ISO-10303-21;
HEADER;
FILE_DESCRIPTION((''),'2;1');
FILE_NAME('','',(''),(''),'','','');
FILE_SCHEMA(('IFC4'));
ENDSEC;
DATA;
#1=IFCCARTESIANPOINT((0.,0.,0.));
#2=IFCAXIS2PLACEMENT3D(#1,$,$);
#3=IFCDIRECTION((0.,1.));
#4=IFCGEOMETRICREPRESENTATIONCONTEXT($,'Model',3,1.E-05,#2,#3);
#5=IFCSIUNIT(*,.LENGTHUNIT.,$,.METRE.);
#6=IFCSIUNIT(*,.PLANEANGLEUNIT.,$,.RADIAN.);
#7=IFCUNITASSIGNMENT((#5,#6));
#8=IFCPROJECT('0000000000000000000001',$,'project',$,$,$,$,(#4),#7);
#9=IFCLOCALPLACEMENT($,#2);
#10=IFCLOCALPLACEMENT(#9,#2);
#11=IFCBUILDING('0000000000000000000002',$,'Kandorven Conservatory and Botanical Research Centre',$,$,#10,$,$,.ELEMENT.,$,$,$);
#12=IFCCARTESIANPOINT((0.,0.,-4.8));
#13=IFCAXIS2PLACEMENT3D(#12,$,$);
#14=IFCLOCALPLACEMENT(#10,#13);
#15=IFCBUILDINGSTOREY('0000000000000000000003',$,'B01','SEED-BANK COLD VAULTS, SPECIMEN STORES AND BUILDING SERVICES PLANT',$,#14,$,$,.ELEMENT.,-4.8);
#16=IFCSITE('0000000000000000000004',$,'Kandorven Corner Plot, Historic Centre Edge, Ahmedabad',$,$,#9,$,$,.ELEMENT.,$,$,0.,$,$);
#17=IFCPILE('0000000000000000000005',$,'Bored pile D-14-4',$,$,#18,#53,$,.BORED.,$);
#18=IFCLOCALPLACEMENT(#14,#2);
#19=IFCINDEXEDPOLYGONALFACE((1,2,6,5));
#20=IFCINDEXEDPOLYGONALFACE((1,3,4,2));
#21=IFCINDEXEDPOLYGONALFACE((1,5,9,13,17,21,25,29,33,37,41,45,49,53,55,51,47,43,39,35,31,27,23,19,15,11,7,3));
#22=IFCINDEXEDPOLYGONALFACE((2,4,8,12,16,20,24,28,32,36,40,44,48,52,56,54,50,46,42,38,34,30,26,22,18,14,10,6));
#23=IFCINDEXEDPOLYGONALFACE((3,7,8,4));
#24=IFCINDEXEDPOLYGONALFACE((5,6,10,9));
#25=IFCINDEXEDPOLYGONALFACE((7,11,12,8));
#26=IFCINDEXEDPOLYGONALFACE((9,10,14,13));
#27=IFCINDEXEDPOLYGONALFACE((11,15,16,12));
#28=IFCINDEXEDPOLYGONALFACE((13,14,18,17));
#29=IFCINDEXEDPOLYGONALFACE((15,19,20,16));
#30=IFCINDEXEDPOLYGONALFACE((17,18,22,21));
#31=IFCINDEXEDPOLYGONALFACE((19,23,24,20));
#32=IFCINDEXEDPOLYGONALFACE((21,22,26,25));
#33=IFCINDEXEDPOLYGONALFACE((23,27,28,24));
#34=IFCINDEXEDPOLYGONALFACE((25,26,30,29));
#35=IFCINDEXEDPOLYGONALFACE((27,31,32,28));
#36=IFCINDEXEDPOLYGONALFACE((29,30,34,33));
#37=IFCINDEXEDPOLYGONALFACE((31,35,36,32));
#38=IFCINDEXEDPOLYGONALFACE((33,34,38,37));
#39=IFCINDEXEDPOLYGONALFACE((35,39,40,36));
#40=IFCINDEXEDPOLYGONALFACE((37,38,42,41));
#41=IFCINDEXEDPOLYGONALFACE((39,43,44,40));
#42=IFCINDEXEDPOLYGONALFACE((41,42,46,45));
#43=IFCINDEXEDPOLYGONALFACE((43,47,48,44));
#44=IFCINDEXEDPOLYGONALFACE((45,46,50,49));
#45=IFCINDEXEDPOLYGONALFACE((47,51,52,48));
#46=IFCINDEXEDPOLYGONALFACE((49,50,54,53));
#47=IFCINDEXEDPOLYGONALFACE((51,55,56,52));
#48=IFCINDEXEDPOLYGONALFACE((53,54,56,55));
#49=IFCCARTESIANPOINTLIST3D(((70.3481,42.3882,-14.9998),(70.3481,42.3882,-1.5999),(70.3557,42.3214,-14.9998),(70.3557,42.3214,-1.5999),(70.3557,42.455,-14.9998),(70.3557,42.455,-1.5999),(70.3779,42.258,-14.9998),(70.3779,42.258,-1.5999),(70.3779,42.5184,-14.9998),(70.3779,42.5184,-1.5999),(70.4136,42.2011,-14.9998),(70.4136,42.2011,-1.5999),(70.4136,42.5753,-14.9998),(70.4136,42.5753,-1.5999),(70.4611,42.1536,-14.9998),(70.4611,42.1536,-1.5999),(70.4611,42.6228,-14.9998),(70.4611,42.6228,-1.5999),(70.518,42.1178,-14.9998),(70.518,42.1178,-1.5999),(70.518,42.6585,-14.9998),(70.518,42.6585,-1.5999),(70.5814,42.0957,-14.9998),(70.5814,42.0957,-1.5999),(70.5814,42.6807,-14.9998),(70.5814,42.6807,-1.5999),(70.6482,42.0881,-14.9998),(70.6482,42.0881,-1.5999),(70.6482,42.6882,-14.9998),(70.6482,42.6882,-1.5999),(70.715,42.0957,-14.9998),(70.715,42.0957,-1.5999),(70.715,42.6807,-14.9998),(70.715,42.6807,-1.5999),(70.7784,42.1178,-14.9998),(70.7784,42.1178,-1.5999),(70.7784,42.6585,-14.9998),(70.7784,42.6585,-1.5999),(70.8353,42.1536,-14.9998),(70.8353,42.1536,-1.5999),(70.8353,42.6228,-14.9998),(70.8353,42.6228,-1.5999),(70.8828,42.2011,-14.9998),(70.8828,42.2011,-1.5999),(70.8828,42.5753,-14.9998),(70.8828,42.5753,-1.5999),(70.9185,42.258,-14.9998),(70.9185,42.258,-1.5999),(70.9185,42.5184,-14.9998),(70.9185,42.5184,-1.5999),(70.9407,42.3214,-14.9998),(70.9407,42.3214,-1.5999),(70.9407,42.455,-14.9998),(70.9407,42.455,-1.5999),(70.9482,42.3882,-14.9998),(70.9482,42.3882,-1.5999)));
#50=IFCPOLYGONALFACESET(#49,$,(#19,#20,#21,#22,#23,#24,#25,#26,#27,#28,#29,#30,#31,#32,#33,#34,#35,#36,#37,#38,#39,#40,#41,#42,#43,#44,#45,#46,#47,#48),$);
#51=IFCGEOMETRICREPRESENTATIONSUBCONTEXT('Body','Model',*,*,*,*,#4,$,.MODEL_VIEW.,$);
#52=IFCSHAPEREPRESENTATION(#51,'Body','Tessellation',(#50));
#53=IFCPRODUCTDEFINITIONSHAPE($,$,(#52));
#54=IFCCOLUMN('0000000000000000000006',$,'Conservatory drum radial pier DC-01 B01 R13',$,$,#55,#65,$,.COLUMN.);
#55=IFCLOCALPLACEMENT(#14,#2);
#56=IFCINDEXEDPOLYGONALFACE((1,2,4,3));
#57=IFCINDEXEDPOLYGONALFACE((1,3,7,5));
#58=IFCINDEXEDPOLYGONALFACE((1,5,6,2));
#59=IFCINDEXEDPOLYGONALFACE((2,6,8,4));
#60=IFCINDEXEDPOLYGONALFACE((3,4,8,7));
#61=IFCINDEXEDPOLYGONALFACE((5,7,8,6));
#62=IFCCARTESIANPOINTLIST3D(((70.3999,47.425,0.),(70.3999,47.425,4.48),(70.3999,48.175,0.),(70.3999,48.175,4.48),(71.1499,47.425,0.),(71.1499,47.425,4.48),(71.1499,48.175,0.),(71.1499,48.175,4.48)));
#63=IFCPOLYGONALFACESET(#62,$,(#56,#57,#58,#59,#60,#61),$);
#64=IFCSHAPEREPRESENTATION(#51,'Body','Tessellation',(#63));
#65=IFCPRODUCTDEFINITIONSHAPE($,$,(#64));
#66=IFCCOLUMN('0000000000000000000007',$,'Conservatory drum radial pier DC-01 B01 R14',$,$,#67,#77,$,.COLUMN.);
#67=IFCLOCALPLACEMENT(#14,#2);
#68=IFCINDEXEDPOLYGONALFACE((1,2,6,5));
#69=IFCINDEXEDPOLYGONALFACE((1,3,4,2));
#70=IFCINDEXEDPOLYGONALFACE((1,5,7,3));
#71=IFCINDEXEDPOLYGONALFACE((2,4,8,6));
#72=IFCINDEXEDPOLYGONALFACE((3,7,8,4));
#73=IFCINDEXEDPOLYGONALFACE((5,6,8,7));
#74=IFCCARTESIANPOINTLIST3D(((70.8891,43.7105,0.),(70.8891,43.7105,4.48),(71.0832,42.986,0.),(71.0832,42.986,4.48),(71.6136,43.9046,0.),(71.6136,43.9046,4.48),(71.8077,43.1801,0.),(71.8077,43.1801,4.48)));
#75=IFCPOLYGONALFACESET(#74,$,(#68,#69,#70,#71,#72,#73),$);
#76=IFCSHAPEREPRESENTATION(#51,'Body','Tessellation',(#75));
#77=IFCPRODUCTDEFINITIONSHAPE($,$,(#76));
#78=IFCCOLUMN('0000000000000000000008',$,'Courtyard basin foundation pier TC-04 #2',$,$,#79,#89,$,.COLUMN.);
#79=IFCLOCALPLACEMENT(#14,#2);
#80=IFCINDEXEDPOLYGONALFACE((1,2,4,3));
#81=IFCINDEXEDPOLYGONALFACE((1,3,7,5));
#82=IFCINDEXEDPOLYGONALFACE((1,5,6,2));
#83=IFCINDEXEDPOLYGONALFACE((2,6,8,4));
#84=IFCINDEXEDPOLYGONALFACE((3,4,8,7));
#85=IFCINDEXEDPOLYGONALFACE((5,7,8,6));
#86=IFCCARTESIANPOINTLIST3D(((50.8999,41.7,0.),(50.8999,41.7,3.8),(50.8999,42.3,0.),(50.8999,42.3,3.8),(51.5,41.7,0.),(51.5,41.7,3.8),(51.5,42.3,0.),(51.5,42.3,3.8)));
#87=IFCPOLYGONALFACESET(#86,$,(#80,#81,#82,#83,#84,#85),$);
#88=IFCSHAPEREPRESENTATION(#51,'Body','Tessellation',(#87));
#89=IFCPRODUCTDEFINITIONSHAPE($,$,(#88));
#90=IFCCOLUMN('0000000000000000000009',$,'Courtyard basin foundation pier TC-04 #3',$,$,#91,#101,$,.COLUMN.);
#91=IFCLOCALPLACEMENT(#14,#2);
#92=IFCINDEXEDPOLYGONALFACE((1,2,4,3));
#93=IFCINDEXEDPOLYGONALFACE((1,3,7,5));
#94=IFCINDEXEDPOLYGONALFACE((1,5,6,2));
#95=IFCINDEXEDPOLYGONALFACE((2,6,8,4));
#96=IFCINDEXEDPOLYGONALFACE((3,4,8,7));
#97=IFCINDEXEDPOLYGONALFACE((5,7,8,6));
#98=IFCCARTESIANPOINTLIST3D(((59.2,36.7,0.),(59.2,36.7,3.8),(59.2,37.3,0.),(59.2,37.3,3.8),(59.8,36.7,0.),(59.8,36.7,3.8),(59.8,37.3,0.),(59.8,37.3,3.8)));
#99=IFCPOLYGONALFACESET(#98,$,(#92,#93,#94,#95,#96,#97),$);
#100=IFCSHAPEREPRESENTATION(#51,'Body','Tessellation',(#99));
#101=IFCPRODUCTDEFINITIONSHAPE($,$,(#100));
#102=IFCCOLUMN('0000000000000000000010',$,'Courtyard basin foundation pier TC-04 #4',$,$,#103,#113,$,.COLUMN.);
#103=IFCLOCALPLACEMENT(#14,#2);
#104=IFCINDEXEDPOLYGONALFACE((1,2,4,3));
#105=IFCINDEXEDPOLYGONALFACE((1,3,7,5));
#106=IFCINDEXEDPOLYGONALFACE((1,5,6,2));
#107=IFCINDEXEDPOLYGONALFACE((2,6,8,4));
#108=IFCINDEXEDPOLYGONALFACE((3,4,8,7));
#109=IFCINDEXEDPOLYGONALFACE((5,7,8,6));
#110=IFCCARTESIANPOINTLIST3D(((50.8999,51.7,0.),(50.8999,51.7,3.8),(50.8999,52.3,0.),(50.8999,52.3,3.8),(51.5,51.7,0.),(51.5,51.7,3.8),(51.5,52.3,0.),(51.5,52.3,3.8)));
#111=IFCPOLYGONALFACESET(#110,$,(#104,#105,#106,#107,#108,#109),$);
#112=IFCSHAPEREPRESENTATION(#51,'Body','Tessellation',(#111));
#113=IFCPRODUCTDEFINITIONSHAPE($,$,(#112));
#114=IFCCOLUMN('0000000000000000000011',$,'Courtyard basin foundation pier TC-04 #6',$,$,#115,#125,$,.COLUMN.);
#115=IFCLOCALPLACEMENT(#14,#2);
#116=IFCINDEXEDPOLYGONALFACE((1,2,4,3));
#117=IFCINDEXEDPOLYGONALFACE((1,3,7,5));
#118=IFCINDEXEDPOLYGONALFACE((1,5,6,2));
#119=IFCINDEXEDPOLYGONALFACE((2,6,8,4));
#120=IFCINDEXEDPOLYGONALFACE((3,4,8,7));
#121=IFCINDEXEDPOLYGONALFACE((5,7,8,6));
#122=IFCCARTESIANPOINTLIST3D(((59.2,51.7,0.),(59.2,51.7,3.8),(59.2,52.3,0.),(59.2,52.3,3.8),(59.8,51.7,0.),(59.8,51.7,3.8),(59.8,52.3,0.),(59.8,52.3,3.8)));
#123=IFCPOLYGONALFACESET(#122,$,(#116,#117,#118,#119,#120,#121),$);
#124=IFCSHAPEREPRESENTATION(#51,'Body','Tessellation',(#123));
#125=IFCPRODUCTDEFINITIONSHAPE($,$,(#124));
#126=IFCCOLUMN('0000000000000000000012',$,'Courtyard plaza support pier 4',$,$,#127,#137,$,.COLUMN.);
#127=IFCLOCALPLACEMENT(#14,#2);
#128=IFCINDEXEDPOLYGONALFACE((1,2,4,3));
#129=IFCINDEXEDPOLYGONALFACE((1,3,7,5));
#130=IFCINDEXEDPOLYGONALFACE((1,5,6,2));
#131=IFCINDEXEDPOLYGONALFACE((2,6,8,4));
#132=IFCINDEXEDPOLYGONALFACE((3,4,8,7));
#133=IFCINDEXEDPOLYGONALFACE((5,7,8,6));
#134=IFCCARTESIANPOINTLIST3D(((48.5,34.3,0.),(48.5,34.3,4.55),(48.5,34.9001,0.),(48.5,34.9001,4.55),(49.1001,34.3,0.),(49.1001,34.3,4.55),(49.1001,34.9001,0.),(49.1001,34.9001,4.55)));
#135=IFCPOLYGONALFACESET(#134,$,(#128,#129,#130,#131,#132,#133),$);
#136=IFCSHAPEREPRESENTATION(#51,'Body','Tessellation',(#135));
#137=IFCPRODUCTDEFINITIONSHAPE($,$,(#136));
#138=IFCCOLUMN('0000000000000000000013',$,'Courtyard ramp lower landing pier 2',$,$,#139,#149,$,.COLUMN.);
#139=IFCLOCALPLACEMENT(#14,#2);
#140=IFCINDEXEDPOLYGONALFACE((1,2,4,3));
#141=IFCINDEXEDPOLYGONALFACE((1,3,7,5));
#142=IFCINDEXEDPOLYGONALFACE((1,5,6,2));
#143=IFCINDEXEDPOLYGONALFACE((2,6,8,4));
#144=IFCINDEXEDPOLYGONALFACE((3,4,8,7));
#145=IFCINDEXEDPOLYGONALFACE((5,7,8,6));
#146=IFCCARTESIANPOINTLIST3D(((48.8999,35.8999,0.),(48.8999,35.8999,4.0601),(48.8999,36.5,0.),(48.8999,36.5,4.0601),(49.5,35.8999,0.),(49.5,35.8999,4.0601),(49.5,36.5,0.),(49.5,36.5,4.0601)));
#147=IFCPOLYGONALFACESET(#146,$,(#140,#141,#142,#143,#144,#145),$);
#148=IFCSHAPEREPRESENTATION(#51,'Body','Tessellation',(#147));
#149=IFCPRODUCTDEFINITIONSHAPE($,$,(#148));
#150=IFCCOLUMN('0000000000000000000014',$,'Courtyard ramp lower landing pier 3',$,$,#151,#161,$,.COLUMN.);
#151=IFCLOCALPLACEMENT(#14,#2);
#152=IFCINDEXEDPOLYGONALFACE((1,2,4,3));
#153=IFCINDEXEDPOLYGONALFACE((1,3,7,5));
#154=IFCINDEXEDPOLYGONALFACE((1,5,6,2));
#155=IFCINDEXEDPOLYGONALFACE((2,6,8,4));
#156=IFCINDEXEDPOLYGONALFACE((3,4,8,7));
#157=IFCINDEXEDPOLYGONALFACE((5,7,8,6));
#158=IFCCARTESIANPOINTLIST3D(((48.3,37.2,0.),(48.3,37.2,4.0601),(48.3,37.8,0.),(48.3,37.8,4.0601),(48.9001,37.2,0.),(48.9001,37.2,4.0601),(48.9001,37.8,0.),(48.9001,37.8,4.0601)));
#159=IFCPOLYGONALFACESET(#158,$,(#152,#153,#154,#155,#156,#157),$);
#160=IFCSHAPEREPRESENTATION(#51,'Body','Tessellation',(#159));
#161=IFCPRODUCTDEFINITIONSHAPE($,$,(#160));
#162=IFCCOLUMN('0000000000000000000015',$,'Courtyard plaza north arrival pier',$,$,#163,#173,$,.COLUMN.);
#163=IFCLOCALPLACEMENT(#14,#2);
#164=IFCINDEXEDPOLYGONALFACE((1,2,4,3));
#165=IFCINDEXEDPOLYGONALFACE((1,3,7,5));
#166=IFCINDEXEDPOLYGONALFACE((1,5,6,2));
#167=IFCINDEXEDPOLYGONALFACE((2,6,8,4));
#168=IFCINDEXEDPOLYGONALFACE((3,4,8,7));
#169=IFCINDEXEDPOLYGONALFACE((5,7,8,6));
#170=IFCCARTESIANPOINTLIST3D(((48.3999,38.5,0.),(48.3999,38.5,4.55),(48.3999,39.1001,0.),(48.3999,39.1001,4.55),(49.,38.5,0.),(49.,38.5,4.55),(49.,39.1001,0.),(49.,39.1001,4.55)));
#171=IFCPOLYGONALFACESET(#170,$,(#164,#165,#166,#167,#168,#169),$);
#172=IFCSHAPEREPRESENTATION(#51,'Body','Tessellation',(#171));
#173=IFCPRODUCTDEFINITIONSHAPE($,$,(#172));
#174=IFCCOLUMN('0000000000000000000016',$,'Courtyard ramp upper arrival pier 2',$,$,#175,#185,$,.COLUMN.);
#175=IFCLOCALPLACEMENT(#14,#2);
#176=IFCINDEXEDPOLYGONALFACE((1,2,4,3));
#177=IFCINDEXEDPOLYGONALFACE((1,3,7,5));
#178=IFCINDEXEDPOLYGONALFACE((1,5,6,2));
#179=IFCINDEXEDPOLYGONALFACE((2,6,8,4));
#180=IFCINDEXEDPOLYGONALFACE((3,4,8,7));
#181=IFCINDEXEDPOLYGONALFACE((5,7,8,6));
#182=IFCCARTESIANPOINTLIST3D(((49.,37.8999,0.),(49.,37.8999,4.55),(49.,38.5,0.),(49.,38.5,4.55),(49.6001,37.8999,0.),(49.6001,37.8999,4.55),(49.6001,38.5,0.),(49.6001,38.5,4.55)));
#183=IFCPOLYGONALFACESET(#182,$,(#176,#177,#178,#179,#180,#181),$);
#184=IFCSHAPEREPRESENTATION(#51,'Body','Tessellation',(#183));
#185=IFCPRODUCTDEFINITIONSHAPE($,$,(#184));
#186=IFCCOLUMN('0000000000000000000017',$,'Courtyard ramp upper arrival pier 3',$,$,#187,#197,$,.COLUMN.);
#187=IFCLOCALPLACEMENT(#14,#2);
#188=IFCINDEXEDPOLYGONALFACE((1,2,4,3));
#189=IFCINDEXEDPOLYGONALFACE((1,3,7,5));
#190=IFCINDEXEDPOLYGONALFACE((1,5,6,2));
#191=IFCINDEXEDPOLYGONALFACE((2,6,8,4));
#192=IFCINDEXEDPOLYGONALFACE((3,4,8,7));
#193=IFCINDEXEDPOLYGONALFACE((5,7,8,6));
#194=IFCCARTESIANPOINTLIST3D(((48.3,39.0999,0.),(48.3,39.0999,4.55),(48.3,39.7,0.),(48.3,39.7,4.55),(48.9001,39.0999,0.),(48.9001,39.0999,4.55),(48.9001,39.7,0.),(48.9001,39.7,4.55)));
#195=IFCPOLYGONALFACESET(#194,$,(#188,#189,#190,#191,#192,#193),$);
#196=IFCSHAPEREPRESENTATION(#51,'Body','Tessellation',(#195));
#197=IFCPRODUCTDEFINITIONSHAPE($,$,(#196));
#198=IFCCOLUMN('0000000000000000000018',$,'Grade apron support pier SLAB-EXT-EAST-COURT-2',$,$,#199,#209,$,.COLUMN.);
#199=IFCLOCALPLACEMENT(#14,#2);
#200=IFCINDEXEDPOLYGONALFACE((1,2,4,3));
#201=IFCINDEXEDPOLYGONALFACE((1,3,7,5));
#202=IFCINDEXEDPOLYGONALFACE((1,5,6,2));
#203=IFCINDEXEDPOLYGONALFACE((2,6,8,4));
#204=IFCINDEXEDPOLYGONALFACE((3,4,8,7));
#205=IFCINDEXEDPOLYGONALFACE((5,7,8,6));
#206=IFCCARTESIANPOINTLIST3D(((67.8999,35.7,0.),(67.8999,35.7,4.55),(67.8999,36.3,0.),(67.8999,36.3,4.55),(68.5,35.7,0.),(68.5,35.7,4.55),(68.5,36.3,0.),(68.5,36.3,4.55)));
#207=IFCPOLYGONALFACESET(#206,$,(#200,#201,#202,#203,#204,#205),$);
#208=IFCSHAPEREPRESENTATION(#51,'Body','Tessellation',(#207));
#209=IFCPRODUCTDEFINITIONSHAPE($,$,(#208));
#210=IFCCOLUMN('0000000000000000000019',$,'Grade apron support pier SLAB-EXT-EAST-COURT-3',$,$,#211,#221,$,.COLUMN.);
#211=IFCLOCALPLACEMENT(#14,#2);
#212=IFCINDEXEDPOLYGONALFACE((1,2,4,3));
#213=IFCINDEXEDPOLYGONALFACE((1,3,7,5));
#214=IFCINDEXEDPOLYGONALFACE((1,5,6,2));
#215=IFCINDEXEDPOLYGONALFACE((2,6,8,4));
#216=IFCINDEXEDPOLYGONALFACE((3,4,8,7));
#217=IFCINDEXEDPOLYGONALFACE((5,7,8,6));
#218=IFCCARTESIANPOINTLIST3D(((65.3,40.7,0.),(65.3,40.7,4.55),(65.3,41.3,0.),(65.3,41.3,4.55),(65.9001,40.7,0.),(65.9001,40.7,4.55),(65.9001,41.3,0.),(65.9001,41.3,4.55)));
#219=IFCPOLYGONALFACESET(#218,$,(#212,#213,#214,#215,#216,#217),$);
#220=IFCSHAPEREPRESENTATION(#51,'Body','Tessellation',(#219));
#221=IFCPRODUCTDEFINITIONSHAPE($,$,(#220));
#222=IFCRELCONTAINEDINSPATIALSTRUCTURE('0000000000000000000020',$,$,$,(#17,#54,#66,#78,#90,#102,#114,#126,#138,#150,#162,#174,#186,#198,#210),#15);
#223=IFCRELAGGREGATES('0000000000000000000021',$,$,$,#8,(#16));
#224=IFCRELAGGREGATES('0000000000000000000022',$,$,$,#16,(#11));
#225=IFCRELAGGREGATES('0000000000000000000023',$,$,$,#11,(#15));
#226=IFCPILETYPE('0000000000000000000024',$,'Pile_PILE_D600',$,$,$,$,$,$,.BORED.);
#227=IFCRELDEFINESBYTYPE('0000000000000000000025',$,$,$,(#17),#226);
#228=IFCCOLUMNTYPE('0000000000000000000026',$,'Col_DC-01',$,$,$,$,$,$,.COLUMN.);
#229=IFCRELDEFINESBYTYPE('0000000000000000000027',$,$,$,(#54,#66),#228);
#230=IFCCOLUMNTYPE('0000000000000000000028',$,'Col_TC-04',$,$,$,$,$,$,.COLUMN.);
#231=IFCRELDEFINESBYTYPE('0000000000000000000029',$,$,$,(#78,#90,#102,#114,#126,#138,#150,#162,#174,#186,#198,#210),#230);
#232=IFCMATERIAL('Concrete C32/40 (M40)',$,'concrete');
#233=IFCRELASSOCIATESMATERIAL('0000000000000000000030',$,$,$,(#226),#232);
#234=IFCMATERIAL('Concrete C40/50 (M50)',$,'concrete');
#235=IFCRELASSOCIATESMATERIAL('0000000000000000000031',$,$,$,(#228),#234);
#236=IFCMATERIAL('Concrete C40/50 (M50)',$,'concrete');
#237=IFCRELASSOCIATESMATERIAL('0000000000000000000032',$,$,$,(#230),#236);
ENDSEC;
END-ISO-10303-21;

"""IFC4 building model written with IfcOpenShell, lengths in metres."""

from ifc_helpers import new_model, si_unit, direction, frame, origin, origin_2d, place, context, subcontext, project, spatial, rectangle, circle, extrude, material, material_profile, profile_set, type_object, element, save


model = new_model("IFC4")

# Units and contexts
model_context = context("Model", 3, precision=1e-05, world=origin(), true_north=direction((0.0, 1.0)))
body_context = subcontext(model_context, "Body", "Model", "MODEL_VIEW")
ifc_project = project(units=[si_unit("LENGTHUNIT", "METRE"), si_unit("PLANEANGLEUNIT", "RADIAN")], contexts=[model_context])

# Site, building, storey
site_placement = place(None, origin())
site = spatial("IfcSite", under=ifc_project, at=site_placement, Name="Kandorven Corner Plot, Historic Centre Edge, Ahmedabad", CompositionType="ELEMENT", RefElevation=0.0)
building_placement = place(site_placement, origin())
building = spatial("IfcBuilding", under=site, at=building_placement, Name="Kandorven Conservatory and Botanical Research Centre", CompositionType="ELEMENT")
storey_placement = place(building_placement, frame((0.0, 0.0, -4.8)))
storey = spatial("IfcBuildingStorey", under=building, at=storey_placement, Name="B01", Description="SEED-BANK COLD VAULTS, SPECIMEN STORES AND BUILDING SERVICES PLANT", CompositionType="ELEMENT", Elevation=-4.8)

# Pile
ifc_material_1 = material(Name="Concrete C32/40 (M40)", Category="concrete")
ifc_material_profile_1 = material_profile(ifc_material_1, circle(Radius=0.3, at=origin_2d()))
ifc_profile_set_1 = profile_set([ifc_material_profile_1], Name="Concrete C32/40 (M40)")
pile_type = type_object("IfcPileType", Name="Pile_PILE_D600", PredefinedType="BORED", material=ifc_profile_set_1)
for number, where, z_axis, x_axis, name in (
    (1, (70.6482, 42.3882, -1.5999), (0.0, 0.0, -1.0), (1.0, 0.0, 0.0), "Bored pile D-14-4"),
):
    element("IfcPile", number, at=place(storey_placement, frame(where, z_axis=z_axis, x_axis=x_axis)), inside=storey, type_object=pile_type, Name=name, PredefinedType="BORED", context=body_context, shape_type="SweptSolid", body=[
        extrude(circle(Radius=0.3, at=origin_2d()), origin(), (0.0, 0.0, 1.0), 13.3999),
    ])

# Columns
ifc_material_2 = material(Name="Concrete C40/50 (M50)", Category="concrete")
ifc_material_profile_2 = material_profile(ifc_material_2, rectangle(XDim=0.75, YDim=0.75, at=origin_2d()))
ifc_profile_set_2 = profile_set([ifc_material_profile_2], Name="Concrete C40/50 (M50)")
column_type_1 = type_object("IfcColumnType", Name="Col_DC-01", PredefinedType="COLUMN", material=ifc_profile_set_2)
for number, where, z_axis, x_axis, name in (
    (2, (70.7749, 47.8, 0.0), (0.0, 0.0, 1.0), (-1.0, 0.0, 0.0), "Conservatory drum radial pier DC-01 B01 R13"),
    (3, (71.3484, 43.4453, 0.0), (0.0, 0.0, 1.0), (-0.965926, -0.258819, 0.0), "Conservatory drum radial pier DC-01 B01 R14"),
):
    element("IfcColumn", number, at=place(storey_placement, frame(where, z_axis=z_axis, x_axis=x_axis)), inside=storey, type_object=column_type_1, Name=name, PredefinedType="COLUMN", context=body_context, shape_type="SweptSolid", body=[
        extrude(rectangle(XDim=0.75, YDim=0.75, at=origin_2d()), origin(), (0.0, 0.0, 1.0), 4.48),
    ])
ifc_material_3 = material(Name="Concrete C40/50 (M50)", Category="concrete")
ifc_material_profile_3 = material_profile(ifc_material_3, rectangle(XDim=0.6001, YDim=0.6001, at=origin_2d()))
ifc_profile_set_3 = profile_set([ifc_material_profile_3], Name="Concrete C40/50 (M50)")
column_type_2 = type_object("IfcColumnType", Name="Col_TC-04", PredefinedType="COLUMN", material=ifc_profile_set_3)
for number, where, z_axis, x_axis, name in (
    (4, (51.2, 42.0, 0.0), (0.0, 0.0, 1.0), (1.0, 0.0, 0.0), "Courtyard basin foundation pier TC-04 #2"),
    (5, (59.5, 37.0, 0.0), (0.0, 0.0, 1.0), (1.0, 0.0, 0.0), "Courtyard basin foundation pier TC-04 #3"),
    (6, (51.2, 52.0, 0.0), (0.0, 0.0, 1.0), (1.0, 0.0, 0.0), "Courtyard basin foundation pier TC-04 #4"),
    (7, (59.5, 52.0, 0.0), (0.0, 0.0, 1.0), (1.0, 0.0, 0.0), "Courtyard basin foundation pier TC-04 #6"),
):
    element("IfcColumn", number, at=place(storey_placement, frame(where, z_axis=z_axis, x_axis=x_axis)), inside=storey, type_object=column_type_2, Name=name, PredefinedType="COLUMN", context=body_context, shape_type="SweptSolid", body=[
        extrude(rectangle(XDim=0.6001, YDim=0.6001, at=origin_2d()), origin(), (0.0, 0.0, 1.0), 3.8),
    ])
column_placement = place(storey_placement, frame((48.8, 34.6001, 0.0), z_axis=(0.0, 0.0, 1.0), x_axis=(1.0, 0.0, 0.0)))
element("IfcColumn", 8, at=column_placement, inside=storey, type_object=column_type_2, Name="Courtyard plaza support pier 4", PredefinedType="COLUMN", context=body_context, shape_type="SweptSolid", body=[
    extrude(rectangle(XDim=0.6001, YDim=0.6001, at=origin_2d()), origin(), (0.0, 0.0, 1.0), 4.55),
])
for number, where, z_axis, x_axis, name in (
    (9, (49.2, 36.2, 0.0), (0.0, 0.0, 1.0), (1.0, 0.0, 0.0), "Courtyard ramp lower landing pier 2"),
    (10, (48.6001, 37.5, 0.0), (0.0, 0.0, 1.0), (1.0, 0.0, 0.0), "Courtyard ramp lower landing pier 3"),
):
    element("IfcColumn", number, at=place(storey_placement, frame(where, z_axis=z_axis, x_axis=x_axis)), inside=storey, type_object=column_type_2, Name=name, PredefinedType="COLUMN", context=body_context, shape_type="SweptSolid", body=[
        extrude(rectangle(XDim=0.6001, YDim=0.6001, at=origin_2d()), origin(), (0.0, 0.0, 1.0), 4.0601),
    ])
for number, where, z_axis, x_axis, name in (
    (11, (48.7, 38.8, 0.0), (0.0, 0.0, 1.0), (1.0, 0.0, 0.0), "Courtyard plaza north arrival pier"),
    (12, (49.3, 38.2, 0.0), (0.0, 0.0, 1.0), (1.0, 0.0, 0.0), "Courtyard ramp upper arrival pier 2"),
    (13, (48.6001, 39.3999, 0.0), (0.0, 0.0, 1.0), (1.0, 0.0, 0.0), "Courtyard ramp upper arrival pier 3"),
    (14, (68.2, 36.0, 0.0), (0.0, 0.0, 1.0), (1.0, 0.0, 0.0), "Grade apron support pier SLAB-EXT-EAST-COURT-2"),
    (15, (65.6001, 41.0, 0.0), (0.0, 0.0, 1.0), (1.0, 0.0, 0.0), "Grade apron support pier SLAB-EXT-EAST-COURT-3"),
):
    element("IfcColumn", number, at=place(storey_placement, frame(where, z_axis=z_axis, x_axis=x_axis)), inside=storey, type_object=column_type_2, Name=name, PredefinedType="COLUMN", context=body_context, shape_type="SweptSolid", body=[
        extrude(rectangle(XDim=0.6001, YDim=0.6001, at=origin_2d()), origin(), (0.0, 0.0, 1.0), 4.55),
    ])

save(model, "model.ifc")
